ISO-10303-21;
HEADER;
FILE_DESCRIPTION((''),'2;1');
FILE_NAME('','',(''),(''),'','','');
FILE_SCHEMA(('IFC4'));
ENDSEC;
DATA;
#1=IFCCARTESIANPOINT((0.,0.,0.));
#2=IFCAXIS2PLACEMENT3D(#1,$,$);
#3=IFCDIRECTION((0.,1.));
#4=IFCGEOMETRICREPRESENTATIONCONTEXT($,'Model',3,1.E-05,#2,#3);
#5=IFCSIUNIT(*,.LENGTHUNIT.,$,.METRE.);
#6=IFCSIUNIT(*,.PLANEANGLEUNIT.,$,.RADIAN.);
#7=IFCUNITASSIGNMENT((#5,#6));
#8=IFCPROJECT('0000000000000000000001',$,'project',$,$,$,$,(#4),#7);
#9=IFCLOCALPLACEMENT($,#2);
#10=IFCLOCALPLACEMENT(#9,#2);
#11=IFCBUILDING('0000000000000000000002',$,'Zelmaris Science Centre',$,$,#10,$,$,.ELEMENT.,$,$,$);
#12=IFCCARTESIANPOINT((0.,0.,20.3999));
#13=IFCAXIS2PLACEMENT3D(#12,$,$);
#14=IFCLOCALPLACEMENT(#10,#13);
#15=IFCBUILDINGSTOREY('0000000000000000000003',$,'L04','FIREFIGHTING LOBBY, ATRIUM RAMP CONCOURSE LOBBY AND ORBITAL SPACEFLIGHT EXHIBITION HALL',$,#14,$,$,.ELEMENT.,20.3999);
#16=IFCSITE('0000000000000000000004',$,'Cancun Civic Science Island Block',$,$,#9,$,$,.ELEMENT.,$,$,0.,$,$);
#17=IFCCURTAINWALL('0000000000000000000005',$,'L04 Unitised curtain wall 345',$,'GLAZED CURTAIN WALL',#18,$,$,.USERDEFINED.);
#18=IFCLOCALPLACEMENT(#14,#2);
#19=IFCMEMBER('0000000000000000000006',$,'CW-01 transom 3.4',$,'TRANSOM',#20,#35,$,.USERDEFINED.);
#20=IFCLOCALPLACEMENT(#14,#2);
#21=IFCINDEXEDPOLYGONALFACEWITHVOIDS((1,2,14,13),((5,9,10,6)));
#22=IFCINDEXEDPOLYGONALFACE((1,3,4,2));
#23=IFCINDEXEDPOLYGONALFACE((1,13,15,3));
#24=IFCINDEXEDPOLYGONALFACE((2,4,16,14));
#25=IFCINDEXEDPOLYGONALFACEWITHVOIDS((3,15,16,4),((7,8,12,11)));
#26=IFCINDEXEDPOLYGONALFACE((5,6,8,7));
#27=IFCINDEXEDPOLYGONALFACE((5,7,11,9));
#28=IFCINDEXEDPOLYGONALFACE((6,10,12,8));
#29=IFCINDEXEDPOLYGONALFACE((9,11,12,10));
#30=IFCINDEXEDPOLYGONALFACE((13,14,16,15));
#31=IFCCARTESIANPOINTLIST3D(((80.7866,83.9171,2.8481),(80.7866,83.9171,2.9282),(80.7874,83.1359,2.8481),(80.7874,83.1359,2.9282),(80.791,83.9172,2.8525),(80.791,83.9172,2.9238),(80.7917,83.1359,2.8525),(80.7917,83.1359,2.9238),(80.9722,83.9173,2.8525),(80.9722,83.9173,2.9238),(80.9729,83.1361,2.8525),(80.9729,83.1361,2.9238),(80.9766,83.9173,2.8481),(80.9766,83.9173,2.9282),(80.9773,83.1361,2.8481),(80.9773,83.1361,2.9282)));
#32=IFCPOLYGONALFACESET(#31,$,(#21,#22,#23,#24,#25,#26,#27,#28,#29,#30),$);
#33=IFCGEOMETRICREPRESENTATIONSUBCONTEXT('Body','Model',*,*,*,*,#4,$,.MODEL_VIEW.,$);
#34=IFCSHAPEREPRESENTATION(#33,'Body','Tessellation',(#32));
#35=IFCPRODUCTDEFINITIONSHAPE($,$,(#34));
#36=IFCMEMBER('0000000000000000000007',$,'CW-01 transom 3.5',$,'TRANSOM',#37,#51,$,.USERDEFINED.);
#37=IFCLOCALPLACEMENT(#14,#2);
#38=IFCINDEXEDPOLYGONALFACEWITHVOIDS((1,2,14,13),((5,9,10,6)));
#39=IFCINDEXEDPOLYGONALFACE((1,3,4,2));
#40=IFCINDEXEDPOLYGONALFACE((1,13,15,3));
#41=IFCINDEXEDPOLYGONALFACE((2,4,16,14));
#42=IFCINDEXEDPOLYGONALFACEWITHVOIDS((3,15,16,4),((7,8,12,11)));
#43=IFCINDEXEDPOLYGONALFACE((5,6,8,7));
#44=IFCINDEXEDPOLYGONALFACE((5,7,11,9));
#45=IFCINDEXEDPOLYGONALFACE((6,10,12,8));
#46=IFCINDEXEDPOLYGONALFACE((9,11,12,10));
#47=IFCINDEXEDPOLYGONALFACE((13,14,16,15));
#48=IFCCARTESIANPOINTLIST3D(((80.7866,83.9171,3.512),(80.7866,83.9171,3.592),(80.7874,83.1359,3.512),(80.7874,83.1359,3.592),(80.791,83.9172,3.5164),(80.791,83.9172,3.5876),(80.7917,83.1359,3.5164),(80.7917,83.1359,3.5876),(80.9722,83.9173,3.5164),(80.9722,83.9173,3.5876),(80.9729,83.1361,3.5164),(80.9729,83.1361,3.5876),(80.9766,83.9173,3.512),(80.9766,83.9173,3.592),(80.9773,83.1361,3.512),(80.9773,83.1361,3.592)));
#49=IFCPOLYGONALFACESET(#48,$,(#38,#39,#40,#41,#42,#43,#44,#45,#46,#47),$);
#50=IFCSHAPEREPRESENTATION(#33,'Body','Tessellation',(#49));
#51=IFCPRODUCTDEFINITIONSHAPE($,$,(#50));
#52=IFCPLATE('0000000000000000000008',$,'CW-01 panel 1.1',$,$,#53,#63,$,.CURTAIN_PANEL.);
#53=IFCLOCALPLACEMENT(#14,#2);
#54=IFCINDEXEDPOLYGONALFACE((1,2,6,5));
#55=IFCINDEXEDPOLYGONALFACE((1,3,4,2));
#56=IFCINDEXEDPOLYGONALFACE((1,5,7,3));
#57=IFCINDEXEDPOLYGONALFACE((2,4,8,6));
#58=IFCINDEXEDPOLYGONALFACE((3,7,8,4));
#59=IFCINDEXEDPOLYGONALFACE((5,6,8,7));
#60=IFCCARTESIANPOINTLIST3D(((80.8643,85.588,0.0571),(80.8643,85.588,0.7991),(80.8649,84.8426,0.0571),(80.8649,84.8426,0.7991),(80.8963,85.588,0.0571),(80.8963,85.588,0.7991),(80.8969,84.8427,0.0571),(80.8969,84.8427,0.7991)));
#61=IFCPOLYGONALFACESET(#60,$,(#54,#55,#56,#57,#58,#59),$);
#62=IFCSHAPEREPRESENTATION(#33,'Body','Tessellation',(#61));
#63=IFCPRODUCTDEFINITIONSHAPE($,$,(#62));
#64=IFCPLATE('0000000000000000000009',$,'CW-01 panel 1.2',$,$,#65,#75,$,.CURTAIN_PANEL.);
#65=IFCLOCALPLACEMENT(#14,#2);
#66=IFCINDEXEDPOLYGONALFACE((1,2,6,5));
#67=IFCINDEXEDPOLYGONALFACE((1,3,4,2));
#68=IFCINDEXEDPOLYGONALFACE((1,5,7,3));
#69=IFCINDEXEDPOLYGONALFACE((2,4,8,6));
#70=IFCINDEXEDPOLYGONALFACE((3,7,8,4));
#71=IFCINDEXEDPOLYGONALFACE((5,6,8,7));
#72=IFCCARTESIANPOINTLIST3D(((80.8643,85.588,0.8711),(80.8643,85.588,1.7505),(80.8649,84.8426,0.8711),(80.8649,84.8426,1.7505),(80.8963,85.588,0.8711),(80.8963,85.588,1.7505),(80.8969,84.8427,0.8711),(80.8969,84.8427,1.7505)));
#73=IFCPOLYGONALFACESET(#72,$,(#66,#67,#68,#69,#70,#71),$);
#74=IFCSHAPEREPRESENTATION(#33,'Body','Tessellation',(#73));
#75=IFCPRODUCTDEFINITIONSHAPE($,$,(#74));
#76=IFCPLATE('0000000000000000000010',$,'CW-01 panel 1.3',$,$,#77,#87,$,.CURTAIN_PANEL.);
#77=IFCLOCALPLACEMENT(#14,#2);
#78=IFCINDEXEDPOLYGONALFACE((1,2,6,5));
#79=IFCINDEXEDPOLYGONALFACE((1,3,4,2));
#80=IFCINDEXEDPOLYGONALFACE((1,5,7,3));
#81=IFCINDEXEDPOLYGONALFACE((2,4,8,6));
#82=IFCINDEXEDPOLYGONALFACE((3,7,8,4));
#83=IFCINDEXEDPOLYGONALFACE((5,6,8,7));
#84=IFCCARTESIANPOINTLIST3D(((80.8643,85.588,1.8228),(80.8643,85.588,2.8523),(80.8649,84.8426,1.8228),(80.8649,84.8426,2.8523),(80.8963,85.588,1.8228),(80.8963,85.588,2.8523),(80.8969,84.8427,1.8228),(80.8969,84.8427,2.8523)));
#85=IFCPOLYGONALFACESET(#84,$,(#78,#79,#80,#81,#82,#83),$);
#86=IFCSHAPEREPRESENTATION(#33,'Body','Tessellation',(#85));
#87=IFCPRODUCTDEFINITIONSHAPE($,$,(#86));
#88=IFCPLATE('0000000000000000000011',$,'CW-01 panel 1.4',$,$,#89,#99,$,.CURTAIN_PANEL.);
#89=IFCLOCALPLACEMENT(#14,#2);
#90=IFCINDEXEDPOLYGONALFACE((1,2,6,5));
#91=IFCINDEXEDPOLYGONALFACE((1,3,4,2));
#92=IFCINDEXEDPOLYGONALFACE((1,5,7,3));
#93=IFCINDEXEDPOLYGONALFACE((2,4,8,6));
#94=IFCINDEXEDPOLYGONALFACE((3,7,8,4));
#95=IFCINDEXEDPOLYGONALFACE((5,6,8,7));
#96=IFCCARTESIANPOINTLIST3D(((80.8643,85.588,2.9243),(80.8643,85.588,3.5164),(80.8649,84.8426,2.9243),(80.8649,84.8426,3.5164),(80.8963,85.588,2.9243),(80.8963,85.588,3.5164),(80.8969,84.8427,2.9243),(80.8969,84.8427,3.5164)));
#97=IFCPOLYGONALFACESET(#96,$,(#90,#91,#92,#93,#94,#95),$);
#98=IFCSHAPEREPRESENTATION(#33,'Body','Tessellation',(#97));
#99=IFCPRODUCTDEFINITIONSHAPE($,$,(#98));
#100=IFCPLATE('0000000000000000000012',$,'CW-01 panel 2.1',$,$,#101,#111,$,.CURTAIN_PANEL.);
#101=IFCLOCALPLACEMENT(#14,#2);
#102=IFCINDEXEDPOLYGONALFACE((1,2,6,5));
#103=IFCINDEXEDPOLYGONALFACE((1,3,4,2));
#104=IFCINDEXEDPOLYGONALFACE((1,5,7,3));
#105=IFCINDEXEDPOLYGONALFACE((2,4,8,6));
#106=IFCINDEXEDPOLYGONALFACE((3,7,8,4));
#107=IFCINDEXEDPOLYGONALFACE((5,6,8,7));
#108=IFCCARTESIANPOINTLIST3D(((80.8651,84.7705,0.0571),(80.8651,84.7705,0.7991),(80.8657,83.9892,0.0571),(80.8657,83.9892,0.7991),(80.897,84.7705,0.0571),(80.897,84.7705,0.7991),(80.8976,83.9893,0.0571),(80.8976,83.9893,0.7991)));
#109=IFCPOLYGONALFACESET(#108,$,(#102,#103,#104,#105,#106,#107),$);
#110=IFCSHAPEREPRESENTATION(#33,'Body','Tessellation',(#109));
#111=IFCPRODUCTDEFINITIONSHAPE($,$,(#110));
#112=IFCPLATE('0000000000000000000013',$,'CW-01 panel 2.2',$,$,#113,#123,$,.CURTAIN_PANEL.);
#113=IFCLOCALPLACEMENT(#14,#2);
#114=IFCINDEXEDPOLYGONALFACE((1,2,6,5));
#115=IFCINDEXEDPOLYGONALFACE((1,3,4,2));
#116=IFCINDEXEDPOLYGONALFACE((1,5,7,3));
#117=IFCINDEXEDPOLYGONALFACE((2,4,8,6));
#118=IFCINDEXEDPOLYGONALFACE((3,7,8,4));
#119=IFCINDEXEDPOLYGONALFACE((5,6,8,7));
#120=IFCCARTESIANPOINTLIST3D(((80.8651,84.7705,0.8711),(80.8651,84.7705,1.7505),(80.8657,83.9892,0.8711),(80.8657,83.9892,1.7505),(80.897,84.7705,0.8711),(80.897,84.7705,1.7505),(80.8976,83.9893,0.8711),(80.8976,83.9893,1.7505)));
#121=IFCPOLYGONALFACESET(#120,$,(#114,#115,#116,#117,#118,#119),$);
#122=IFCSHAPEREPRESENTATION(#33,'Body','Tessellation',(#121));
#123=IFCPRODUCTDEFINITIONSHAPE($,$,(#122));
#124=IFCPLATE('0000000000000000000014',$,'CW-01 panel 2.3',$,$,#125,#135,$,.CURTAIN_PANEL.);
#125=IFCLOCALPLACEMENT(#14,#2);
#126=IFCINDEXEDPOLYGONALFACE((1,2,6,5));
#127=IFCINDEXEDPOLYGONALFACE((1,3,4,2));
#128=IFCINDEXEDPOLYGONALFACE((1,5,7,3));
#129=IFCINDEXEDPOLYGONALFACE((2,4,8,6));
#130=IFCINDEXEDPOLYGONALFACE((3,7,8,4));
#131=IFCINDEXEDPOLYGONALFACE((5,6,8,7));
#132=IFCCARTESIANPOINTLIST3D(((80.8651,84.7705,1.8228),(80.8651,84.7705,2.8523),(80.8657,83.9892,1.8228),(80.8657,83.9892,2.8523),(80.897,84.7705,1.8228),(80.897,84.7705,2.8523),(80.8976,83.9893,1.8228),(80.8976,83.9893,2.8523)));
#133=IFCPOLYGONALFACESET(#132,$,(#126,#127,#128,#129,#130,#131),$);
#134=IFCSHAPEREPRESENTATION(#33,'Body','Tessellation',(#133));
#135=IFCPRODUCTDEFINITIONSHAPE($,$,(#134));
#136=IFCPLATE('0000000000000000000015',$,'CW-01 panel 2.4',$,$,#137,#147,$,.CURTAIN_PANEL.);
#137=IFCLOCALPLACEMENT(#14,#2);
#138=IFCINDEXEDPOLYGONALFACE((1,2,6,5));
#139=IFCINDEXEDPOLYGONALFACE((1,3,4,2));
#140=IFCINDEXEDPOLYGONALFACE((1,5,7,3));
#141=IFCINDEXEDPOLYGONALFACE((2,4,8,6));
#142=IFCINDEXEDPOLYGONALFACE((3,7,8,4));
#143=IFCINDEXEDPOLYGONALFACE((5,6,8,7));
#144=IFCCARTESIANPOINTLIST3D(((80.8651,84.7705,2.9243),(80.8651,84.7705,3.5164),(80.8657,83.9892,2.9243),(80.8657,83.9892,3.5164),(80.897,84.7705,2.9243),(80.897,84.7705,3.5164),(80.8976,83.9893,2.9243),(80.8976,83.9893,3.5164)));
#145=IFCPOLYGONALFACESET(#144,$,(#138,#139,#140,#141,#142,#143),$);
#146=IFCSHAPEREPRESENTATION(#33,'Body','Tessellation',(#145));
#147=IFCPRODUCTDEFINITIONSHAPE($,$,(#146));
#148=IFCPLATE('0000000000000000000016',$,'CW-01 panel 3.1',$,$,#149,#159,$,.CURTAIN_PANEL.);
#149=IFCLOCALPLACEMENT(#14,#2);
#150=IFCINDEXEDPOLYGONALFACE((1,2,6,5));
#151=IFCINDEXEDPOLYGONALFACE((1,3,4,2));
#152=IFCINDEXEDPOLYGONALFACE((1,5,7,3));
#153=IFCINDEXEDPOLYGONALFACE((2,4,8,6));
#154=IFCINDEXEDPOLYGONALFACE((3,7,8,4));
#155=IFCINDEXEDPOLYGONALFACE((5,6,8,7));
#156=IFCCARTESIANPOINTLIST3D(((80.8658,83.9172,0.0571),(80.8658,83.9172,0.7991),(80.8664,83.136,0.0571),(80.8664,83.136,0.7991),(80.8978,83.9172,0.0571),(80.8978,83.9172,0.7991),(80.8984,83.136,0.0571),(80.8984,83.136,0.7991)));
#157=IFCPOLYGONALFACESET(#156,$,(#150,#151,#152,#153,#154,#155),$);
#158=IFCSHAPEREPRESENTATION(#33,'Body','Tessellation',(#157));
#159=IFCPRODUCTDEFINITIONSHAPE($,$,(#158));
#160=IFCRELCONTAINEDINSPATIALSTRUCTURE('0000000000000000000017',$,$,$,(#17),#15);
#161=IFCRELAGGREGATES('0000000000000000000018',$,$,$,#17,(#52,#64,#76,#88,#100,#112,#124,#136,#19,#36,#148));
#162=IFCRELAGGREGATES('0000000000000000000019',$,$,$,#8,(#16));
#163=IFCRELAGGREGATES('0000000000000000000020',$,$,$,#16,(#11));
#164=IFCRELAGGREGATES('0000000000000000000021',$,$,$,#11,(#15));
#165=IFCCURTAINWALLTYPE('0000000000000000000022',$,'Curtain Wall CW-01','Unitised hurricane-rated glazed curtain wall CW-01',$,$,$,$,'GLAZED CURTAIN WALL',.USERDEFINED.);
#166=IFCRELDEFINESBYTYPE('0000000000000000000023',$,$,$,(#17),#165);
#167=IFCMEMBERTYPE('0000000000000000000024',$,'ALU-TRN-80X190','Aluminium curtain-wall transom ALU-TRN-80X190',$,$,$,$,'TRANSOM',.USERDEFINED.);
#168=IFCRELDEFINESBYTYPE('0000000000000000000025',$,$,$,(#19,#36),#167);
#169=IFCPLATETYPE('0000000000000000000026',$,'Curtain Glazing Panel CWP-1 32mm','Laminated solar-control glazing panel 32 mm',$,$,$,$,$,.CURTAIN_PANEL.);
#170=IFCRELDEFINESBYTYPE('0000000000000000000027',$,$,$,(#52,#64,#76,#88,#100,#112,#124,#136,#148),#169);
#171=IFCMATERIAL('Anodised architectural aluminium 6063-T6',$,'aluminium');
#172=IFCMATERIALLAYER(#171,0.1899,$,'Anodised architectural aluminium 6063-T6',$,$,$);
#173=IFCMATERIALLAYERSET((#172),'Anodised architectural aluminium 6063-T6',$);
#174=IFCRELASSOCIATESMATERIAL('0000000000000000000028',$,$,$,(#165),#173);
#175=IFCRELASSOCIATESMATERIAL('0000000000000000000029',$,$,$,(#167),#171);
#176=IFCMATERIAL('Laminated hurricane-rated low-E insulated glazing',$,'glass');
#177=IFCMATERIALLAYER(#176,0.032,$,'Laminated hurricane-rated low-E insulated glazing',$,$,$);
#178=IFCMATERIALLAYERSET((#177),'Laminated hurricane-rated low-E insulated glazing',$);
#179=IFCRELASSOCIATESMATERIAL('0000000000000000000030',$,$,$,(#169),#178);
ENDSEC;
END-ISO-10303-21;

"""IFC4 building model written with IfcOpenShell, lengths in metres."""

from ifc_helpers import new_model, si_unit, direction, frame, origin, origin_2d, place, context, subcontext, project, spatial, rectangle, hollow_rectangle, extrude, material, layer, layer_set, material_profile, profile_set, type_object, element, aggregate, save


model = new_model("IFC4")

# Units and contexts
model_context = context("Model", 3, precision=1e-05, world=origin(), true_north=direction((0.0, 1.0)))
body_context = subcontext(model_context, "Body", "Model", "MODEL_VIEW")
ifc_project = project(units=[si_unit("LENGTHUNIT", "METRE"), si_unit("PLANEANGLEUNIT", "RADIAN")], contexts=[model_context])

# Site, building, storey
site_placement = place(None, origin())
site = spatial("IfcSite", under=ifc_project, at=site_placement, Name="Cancun Civic Science Island Block", CompositionType="ELEMENT", RefElevation=0.0)
building_placement = place(site_placement, origin())
building = spatial("IfcBuilding", under=site, at=building_placement, Name="Zelmaris Science Centre", CompositionType="ELEMENT")
storey_placement = place(building_placement, frame((0.0, 0.0, 20.3999)))
storey = spatial("IfcBuildingStorey", under=building, at=storey_placement, Name="L04", Description="FIREFIGHTING LOBBY, ATRIUM RAMP CONCOURSE LOBBY AND ORBITAL SPACEFLIGHT EXHIBITION HALL", CompositionType="ELEMENT", Elevation=20.3999)

# Curtain wall, members, plates
ifc_material_1 = material(Name="Anodised architectural aluminium 6063-T6", Category="aluminium")
ifc_layer_1 = layer(ifc_material_1, 0.1899, Name="Anodised architectural aluminium 6063-T6")
ifc_layer_set_1 = layer_set([ifc_layer_1], Name="Anodised architectural aluminium 6063-T6")
curtain_wall_type = type_object("IfcCurtainWallType", Name="Curtain Wall CW-01", Description="Unitised hurricane-rated glazed curtain wall CW-01", ElementType="GLAZED CURTAIN WALL", PredefinedType="USERDEFINED", material=ifc_layer_set_1)
curtain_wall_placement = place(storey_placement, origin())
curtain_wall = element("IfcCurtainWall", 1, at=curtain_wall_placement, inside=storey, type_object=curtain_wall_type, Name="L04 Unitised curtain wall 345", ObjectType="GLAZED CURTAIN WALL", PredefinedType="USERDEFINED")
ifc_material_profile_1 = material_profile(ifc_material_1, hollow_rectangle(XDim=0.0801, YDim=0.1899, WallThickness=0.0044, at=origin_2d()), Name="ALU-TRN-80X190")
ifc_profile_set_1 = profile_set([ifc_material_profile_1], Name="Anodised architectural aluminium 6063-T6")
member_type_1 = type_object("IfcMemberType", Name="ALU-TRN-80X190", Description="Aluminium curtain-wall transom ALU-TRN-80X190", ElementType="TRANSOM", PredefinedType="USERDEFINED", material=ifc_profile_set_1)
member_1_placement = place(storey_placement, frame((80.8816, 83.9172, 2.8882), z_axis=(0.000937, -1.0, 0.0), x_axis=(0.0, 0.0, 1.0)))
member_1 = element("IfcMember", 2, at=member_1_placement, type_object=member_type_1, Name="CW-01 transom 3.4", ObjectType="TRANSOM", PredefinedType="USERDEFINED", context=body_context, shape_type="SweptSolid", body=[
    extrude(hollow_rectangle(XDim=0.0801, YDim=0.1899, WallThickness=0.0044, at=origin_2d()), origin(), (0.0, 0.0, 1.0), 0.7812),
])
member_2_placement = place(storey_placement, frame((80.8816, 83.9172, 3.552), z_axis=(0.000937, -1.0, 0.0), x_axis=(0.0, 0.0, 1.0)))
member_2 = element("IfcMember", 3, at=member_2_placement, type_object=member_type_1, Name="CW-01 transom 3.5", ObjectType="TRANSOM", PredefinedType="USERDEFINED", context=body_context, shape_type="SweptSolid", body=[
    extrude(hollow_rectangle(XDim=0.0801, YDim=0.1899, WallThickness=0.0044, at=origin_2d()), origin(), (0.0, 0.0, 1.0), 0.7812),
])
ifc_material_2 = material(Name="Laminated hurricane-rated low-E insulated glazing", Category="glass")
ifc_layer_2 = layer(ifc_material_2, 0.032, Name="Laminated hurricane-rated low-E insulated glazing")
ifc_layer_set_2 = layer_set([ifc_layer_2], Name="Laminated hurricane-rated low-E insulated glazing")
plate_type = type_object("IfcPlateType", Name="Curtain Glazing Panel CWP-1 32mm", Description="Laminated solar-control glazing panel 32 mm", PredefinedType="CURTAIN_PANEL", material=ifc_layer_set_2)
plate_1_placement = place(storey_placement, frame((80.8806, 85.2153, 0.0571), z_axis=(0.0, 0.0, 1.0), x_axis=(0.000781, -1.0, 0.0)))
plate_1 = element("IfcPlate", 4, at=plate_1_placement, type_object=plate_type, Name="CW-01 panel 1.1", PredefinedType="CURTAIN_PANEL", context=body_context, shape_type="SweptSolid", body=[
    extrude(rectangle(XDim=0.7454, YDim=0.032, at=origin_2d()), origin(), (0.0, 0.0, 1.0), 0.7419),
])
plate_2_placement = place(storey_placement, frame((80.8806, 85.2153, 0.8711), z_axis=(0.0, 0.0, 1.0), x_axis=(0.000781, -1.0, 0.0)))
plate_2 = element("IfcPlate", 5, at=plate_2_placement, type_object=plate_type, Name="CW-01 panel 1.2", PredefinedType="CURTAIN_PANEL", context=body_context, shape_type="SweptSolid", body=[
    extrude(rectangle(XDim=0.7454, YDim=0.032, at=origin_2d()), origin(), (0.0, 0.0, 1.0), 0.8794),
])
plate_3_placement = place(storey_placement, frame((80.8806, 85.2153, 1.8228), z_axis=(0.0, 0.0, 1.0), x_axis=(0.000781, -1.0, 0.0)))
plate_3 = element("IfcPlate", 6, at=plate_3_placement, type_object=plate_type, Name="CW-01 panel 1.3", PredefinedType="CURTAIN_PANEL", context=body_context, shape_type="SweptSolid", body=[
    extrude(rectangle(XDim=0.7454, YDim=0.032, at=origin_2d()), origin(), (0.0, 0.0, 1.0), 1.0295),
])
plate_4_placement = place(storey_placement, frame((80.8806, 85.2153, 2.9243), z_axis=(0.0, 0.0, 1.0), x_axis=(0.000781, -1.0, 0.0)))
plate_4 = element("IfcPlate", 7, at=plate_4_placement, type_object=plate_type, Name="CW-01 panel 1.4", PredefinedType="CURTAIN_PANEL", context=body_context, shape_type="SweptSolid", body=[
    extrude(rectangle(XDim=0.7454, YDim=0.032, at=origin_2d()), origin(), (0.0, 0.0, 1.0), 0.592),
])
plate_5_placement = place(storey_placement, frame((80.8813, 84.3799, 0.0571), z_axis=(0.0, 0.0, 1.0), x_axis=(0.000781, -1.0, 0.0)))
plate_5 = element("IfcPlate", 8, at=plate_5_placement, type_object=plate_type, Name="CW-01 panel 2.1", PredefinedType="CURTAIN_PANEL", context=body_context, shape_type="SweptSolid", body=[
    extrude(rectangle(XDim=0.7812, YDim=0.032, at=origin_2d()), origin(), (0.0, 0.0, 1.0), 0.7419),
])
plate_6_placement = place(storey_placement, frame((80.8813, 84.3799, 0.8711), z_axis=(0.0, 0.0, 1.0), x_axis=(0.000781, -1.0, 0.0)))
plate_6 = element("IfcPlate", 9, at=plate_6_placement, type_object=plate_type, Name="CW-01 panel 2.2", PredefinedType="CURTAIN_PANEL", context=body_context, shape_type="SweptSolid", body=[
    extrude(rectangle(XDim=0.7812, YDim=0.032, at=origin_2d()), origin(), (0.0, 0.0, 1.0), 0.8794),
])
plate_7_placement = place(storey_placement, frame((80.8813, 84.3799, 1.8228), z_axis=(0.0, 0.0, 1.0), x_axis=(0.000781, -1.0, 0.0)))
plate_7 = element("IfcPlate", 10, at=plate_7_placement, type_object=plate_type, Name="CW-01 panel 2.3", PredefinedType="CURTAIN_PANEL", context=body_context, shape_type="SweptSolid", body=[
    extrude(rectangle(XDim=0.7812, YDim=0.032, at=origin_2d()), origin(), (0.0, 0.0, 1.0), 1.0295),
])
plate_8_placement = place(storey_placement, frame((80.8813, 84.3799, 2.9243), z_axis=(0.0, 0.0, 1.0), x_axis=(0.000781, -1.0, 0.0)))
plate_8 = element("IfcPlate", 11, at=plate_8_placement, type_object=plate_type, Name="CW-01 panel 2.4", PredefinedType="CURTAIN_PANEL", context=body_context, shape_type="SweptSolid", body=[
    extrude(rectangle(XDim=0.7812, YDim=0.032, at=origin_2d()), origin(), (0.0, 0.0, 1.0), 0.592),
])
plate_9_placement = place(storey_placement, frame((80.8821, 83.5266, 0.0571), z_axis=(0.0, 0.0, 1.0), x_axis=(0.000781, -1.0, 0.0)))
plate_9 = element("IfcPlate", 12, at=plate_9_placement, type_object=plate_type, Name="CW-01 panel 3.1", PredefinedType="CURTAIN_PANEL", context=body_context, shape_type="SweptSolid", body=[
    extrude(rectangle(XDim=0.7812, YDim=0.032, at=origin_2d()), origin(), (0.0, 0.0, 1.0), 0.7419),
])
aggregate(curtain_wall, [plate_1, plate_2, plate_3, plate_4, plate_5, plate_6, plate_7, plate_8, member_1, member_2, plate_9])

save(model, "model.ifc")
